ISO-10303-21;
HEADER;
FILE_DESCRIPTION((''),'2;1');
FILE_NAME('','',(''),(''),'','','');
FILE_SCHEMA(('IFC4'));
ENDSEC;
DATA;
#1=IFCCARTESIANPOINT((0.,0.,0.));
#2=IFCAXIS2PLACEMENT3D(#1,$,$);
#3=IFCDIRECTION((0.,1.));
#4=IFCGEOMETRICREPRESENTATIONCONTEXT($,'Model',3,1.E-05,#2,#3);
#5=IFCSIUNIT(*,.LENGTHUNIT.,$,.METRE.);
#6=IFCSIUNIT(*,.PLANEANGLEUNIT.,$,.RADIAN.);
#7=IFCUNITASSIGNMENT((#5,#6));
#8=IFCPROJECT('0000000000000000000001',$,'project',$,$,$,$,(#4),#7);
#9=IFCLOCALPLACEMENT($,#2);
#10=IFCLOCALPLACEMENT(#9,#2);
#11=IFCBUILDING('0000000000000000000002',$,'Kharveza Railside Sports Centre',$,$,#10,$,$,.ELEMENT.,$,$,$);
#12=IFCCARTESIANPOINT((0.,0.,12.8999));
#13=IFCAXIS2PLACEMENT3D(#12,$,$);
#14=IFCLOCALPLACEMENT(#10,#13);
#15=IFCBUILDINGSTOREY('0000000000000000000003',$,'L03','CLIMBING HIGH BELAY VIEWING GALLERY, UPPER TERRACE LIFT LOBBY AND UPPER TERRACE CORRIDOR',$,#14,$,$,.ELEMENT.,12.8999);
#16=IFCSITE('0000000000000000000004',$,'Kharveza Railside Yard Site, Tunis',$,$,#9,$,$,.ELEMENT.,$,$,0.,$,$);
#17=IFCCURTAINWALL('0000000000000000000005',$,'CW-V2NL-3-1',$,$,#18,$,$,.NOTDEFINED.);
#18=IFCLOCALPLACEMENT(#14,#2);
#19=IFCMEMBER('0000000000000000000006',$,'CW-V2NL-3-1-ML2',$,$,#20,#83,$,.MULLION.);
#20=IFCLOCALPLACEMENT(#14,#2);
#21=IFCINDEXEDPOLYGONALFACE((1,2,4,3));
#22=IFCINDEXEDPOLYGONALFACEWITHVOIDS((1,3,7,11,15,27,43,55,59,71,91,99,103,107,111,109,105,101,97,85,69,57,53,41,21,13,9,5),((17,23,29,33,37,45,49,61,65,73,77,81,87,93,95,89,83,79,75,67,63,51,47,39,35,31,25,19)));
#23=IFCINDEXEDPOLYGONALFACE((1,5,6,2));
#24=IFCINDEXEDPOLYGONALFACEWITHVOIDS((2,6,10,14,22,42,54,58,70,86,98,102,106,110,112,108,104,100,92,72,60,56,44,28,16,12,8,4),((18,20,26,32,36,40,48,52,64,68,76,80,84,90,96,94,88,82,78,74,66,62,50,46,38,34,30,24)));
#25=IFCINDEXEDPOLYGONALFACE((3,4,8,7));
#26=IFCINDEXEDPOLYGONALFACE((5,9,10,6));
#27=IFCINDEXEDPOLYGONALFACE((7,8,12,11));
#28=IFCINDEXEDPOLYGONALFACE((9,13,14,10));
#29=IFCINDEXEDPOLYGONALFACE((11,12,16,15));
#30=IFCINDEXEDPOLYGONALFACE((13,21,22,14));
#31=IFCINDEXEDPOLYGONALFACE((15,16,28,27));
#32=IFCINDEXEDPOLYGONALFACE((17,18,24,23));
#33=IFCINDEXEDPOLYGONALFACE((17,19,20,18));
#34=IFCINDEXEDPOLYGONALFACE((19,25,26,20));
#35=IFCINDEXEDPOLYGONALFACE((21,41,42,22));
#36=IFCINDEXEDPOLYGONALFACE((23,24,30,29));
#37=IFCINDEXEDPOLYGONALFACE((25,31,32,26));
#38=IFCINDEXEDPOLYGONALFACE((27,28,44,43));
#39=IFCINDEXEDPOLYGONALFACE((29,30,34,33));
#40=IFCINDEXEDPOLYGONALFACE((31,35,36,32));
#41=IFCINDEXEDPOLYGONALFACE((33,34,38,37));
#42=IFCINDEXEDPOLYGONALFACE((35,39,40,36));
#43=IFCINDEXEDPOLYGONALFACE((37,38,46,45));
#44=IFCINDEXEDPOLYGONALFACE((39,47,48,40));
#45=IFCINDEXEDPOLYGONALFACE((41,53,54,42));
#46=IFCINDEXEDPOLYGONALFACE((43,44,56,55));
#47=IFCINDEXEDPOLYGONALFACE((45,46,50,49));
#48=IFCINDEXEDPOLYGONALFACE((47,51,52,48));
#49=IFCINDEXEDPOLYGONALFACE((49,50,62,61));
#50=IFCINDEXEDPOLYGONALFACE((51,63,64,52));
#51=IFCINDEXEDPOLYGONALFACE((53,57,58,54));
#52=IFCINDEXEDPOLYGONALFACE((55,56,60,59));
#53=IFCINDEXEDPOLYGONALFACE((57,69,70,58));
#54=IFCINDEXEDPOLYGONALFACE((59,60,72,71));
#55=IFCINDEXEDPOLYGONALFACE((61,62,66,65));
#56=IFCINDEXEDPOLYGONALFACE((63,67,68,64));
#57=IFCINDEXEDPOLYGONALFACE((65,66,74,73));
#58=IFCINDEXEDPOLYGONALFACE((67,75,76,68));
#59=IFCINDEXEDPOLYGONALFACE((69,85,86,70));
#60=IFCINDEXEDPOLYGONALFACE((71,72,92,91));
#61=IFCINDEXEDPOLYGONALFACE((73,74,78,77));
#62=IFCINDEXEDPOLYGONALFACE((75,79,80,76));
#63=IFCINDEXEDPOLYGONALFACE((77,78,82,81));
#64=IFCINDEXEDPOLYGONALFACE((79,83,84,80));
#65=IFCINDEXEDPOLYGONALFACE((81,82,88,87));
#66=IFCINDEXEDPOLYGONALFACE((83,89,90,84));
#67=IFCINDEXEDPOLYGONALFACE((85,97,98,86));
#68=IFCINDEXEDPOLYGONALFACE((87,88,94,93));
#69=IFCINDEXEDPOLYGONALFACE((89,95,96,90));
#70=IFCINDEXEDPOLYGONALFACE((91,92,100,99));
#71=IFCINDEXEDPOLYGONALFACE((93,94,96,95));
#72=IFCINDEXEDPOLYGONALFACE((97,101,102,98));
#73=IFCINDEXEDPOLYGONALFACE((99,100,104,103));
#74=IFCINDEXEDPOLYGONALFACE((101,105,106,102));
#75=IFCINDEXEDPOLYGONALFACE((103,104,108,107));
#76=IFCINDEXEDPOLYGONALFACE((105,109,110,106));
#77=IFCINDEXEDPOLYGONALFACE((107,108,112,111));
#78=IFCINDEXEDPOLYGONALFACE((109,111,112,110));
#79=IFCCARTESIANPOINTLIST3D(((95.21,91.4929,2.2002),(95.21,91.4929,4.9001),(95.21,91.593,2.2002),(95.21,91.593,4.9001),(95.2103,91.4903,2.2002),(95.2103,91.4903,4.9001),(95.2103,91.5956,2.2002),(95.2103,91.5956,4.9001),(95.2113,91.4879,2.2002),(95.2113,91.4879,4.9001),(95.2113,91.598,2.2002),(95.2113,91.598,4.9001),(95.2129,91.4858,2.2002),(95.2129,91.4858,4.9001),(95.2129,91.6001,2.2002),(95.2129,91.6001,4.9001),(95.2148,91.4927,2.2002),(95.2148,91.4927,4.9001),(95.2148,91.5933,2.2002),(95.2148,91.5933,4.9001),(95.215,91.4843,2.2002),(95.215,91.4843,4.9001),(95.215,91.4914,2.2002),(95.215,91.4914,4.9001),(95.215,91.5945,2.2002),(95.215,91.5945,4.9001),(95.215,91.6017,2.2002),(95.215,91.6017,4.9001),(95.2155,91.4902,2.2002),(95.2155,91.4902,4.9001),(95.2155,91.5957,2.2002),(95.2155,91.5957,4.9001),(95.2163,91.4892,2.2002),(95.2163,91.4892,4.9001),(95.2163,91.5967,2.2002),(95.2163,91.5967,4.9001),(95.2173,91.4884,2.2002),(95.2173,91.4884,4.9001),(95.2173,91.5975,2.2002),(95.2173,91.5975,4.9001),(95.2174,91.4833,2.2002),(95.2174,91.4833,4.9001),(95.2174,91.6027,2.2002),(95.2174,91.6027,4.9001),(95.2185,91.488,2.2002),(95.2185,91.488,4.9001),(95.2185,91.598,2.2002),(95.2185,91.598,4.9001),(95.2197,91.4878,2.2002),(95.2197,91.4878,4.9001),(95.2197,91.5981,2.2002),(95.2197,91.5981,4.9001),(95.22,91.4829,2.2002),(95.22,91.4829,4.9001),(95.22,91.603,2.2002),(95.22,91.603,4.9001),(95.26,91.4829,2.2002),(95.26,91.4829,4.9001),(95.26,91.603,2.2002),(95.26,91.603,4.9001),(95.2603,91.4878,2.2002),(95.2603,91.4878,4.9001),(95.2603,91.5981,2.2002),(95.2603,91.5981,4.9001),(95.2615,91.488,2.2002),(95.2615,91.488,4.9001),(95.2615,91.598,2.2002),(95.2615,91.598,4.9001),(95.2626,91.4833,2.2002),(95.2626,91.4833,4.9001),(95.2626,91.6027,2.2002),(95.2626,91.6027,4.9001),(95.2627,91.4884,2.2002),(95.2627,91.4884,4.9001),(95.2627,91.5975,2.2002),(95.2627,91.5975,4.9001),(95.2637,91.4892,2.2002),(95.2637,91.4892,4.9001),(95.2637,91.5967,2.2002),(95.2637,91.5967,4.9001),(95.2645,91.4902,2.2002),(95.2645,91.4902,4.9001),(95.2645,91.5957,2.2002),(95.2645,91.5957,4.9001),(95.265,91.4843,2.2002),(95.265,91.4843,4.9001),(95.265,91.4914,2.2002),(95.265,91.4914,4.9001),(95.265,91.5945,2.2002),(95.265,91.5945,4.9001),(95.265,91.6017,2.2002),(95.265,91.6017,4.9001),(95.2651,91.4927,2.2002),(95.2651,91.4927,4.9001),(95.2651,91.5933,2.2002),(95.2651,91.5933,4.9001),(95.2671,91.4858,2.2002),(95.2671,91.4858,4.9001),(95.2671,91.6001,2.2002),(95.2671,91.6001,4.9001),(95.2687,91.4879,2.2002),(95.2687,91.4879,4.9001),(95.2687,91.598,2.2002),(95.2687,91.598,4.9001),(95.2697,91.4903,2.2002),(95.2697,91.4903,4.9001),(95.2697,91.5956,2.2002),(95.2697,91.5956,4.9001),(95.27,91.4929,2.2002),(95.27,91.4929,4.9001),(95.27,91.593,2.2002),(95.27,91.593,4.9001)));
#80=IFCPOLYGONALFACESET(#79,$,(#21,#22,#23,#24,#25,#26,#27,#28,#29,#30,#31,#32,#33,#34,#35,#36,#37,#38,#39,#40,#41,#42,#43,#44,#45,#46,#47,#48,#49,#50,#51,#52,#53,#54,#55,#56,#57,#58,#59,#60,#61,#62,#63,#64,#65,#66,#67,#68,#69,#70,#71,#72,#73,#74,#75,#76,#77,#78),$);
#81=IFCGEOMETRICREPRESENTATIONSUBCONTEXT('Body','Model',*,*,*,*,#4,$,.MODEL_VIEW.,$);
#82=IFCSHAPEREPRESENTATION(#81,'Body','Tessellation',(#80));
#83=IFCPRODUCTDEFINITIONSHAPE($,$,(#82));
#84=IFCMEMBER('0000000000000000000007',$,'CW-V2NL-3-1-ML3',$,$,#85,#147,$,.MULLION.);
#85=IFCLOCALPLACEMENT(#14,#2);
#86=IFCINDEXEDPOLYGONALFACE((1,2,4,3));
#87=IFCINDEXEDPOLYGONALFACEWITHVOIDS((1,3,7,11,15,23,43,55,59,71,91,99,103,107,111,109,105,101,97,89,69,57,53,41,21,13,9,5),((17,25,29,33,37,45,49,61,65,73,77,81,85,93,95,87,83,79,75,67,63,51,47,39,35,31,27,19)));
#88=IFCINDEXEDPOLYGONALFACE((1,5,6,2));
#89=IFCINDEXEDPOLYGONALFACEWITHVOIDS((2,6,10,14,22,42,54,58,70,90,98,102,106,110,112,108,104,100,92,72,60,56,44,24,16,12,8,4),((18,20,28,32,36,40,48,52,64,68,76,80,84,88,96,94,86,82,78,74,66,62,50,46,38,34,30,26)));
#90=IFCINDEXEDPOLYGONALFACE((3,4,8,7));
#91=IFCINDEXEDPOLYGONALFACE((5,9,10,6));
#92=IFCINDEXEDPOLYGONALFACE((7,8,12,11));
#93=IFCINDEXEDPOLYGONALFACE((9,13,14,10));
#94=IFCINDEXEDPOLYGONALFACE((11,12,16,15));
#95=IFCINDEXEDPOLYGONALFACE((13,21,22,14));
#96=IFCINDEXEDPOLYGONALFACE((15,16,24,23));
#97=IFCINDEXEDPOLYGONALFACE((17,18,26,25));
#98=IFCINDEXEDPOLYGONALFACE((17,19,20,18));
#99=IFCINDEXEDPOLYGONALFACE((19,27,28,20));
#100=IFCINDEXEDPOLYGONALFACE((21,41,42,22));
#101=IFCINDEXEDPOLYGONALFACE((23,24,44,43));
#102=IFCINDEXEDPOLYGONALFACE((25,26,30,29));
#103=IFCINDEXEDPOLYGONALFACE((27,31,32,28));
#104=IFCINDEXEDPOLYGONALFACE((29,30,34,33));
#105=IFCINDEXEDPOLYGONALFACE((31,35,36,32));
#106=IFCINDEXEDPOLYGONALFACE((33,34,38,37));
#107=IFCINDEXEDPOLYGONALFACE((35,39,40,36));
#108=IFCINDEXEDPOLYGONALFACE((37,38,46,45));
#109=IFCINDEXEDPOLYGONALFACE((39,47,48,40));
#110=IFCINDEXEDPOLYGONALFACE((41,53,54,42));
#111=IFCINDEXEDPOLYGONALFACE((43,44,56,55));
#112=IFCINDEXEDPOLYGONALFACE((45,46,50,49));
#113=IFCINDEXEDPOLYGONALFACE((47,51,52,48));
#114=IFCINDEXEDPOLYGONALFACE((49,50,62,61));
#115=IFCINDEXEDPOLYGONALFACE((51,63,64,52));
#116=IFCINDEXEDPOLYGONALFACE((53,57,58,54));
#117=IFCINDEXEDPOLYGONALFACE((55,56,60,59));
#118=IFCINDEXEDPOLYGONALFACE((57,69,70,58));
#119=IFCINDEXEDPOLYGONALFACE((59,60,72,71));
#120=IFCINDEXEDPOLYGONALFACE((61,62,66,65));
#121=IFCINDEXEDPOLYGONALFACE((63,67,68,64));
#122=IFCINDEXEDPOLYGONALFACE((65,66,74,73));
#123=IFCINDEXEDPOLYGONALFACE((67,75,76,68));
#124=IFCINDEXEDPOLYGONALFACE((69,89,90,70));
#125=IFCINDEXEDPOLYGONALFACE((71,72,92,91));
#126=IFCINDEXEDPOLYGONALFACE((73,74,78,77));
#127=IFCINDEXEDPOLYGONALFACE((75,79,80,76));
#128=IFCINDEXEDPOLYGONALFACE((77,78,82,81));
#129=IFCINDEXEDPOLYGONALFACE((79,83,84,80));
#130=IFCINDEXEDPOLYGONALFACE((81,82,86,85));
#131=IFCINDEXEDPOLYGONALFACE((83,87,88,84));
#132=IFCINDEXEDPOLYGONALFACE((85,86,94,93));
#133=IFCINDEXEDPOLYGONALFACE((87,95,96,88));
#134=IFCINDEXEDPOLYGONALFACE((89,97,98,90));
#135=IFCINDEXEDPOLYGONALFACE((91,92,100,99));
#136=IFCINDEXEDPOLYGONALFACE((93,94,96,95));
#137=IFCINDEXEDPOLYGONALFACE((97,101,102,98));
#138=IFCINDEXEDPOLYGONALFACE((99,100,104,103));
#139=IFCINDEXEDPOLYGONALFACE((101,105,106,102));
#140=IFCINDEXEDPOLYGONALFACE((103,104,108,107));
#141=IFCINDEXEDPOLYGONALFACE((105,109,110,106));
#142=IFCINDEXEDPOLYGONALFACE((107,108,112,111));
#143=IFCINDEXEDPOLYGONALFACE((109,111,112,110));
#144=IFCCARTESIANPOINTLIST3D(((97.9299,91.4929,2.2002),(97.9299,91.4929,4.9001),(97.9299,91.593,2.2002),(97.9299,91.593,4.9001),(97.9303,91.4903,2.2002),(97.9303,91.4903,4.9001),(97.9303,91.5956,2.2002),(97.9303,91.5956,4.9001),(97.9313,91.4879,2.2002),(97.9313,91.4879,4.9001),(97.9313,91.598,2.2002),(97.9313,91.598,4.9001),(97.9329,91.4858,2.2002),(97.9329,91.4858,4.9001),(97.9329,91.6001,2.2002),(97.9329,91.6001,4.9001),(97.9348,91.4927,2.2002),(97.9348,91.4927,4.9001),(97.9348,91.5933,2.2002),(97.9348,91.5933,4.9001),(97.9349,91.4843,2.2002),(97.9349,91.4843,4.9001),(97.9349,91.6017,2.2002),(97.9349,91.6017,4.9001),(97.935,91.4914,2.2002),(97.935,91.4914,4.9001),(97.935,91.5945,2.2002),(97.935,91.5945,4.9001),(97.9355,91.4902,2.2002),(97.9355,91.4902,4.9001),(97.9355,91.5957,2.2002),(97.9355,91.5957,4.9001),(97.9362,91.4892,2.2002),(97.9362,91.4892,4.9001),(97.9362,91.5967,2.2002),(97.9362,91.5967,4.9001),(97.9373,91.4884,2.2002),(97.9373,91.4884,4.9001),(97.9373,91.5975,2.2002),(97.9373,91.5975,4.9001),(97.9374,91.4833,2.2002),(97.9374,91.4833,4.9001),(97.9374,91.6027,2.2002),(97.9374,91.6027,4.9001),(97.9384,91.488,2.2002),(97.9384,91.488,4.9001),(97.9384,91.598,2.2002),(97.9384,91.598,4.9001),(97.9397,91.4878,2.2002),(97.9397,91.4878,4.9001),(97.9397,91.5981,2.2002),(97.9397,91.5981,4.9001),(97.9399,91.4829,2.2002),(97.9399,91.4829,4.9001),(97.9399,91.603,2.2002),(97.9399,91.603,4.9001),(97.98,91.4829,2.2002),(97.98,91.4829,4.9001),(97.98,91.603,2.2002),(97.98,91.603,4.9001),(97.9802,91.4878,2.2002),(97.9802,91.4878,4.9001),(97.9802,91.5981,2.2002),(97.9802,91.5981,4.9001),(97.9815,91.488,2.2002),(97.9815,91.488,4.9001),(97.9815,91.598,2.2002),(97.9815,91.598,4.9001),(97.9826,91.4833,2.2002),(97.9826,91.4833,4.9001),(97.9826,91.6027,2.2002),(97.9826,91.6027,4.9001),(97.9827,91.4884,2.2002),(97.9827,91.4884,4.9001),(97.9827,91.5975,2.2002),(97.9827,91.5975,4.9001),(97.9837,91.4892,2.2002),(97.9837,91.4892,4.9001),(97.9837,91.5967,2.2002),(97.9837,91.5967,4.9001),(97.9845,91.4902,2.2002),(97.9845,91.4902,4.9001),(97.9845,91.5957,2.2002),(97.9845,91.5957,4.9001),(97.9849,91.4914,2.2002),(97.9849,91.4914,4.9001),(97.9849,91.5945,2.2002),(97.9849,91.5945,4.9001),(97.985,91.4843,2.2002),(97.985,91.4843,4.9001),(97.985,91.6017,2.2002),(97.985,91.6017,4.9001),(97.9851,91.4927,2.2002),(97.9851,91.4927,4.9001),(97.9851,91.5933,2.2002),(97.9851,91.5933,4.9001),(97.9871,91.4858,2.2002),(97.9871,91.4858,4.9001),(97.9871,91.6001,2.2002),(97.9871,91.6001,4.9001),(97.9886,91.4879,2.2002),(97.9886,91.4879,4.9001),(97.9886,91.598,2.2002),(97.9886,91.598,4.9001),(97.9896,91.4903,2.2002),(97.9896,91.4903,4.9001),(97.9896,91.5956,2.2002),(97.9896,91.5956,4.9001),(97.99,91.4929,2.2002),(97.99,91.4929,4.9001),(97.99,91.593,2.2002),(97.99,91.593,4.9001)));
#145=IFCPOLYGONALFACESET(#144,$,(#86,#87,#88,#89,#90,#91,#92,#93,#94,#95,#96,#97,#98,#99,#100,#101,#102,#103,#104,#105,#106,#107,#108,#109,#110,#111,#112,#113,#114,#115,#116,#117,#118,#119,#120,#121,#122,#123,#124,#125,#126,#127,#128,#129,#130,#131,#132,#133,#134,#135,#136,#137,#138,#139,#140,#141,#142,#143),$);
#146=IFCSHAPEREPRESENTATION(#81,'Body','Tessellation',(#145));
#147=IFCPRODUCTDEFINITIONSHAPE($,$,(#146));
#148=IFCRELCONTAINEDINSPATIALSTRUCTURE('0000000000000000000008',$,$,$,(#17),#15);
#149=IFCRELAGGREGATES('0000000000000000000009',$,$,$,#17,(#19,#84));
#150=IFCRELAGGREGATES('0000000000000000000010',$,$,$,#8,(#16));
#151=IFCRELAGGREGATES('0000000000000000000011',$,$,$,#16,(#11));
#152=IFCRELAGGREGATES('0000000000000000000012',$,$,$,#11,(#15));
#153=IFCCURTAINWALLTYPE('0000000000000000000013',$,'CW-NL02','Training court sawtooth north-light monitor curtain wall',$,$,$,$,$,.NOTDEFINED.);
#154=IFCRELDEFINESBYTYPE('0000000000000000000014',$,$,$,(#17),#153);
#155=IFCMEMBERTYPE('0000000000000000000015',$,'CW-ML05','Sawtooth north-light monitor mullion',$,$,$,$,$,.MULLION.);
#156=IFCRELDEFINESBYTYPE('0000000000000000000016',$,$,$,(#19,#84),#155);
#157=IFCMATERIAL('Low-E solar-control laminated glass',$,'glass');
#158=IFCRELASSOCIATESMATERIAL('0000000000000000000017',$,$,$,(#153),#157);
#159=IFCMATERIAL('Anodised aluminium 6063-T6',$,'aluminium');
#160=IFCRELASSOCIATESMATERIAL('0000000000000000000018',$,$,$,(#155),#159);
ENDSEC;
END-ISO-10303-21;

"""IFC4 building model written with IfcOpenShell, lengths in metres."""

from ifc_helpers import new_model, si_unit, direction, frame, origin, origin_2d, place, context, subcontext, project, spatial, hollow_rectangle, extrude, material, material_profile, profile_set, type_object, element, aggregate, save


model = new_model("IFC4")

# Units and contexts
model_context = context("Model", 3, precision=1e-05, world=origin(), true_north=direction((0.0, 1.0)))
body_context = subcontext(model_context, "Body", "Model", "MODEL_VIEW")
ifc_project = project(units=[si_unit("LENGTHUNIT", "METRE"), si_unit("PLANEANGLEUNIT", "RADIAN")], contexts=[model_context])

# Site, building, storey
site_placement = place(None, origin())
site = spatial("IfcSite", under=ifc_project, at=site_placement, Name="Kharveza Railside Yard Site, Tunis", CompositionType="ELEMENT", RefElevation=0.0)
building_placement = place(site_placement, origin())
building = spatial("IfcBuilding", under=site, at=building_placement, Name="Kharveza Railside Sports Centre", CompositionType="ELEMENT")
storey_placement = place(building_placement, frame((0.0, 0.0, 12.8999)))
storey = spatial("IfcBuildingStorey", under=building, at=storey_placement, Name="L03", Description="CLIMBING HIGH BELAY VIEWING GALLERY, UPPER TERRACE LIFT LOBBY AND UPPER TERRACE CORRIDOR", CompositionType="ELEMENT", Elevation=12.8999)

# Curtain wall, members
ifc_material_1 = material(Name="Low-E solar-control laminated glass", Category="glass")
curtain_wall_type = type_object("IfcCurtainWallType", Name="CW-NL02", Description="Training court sawtooth north-light monitor curtain wall", PredefinedType="NOTDEFINED", material=ifc_material_1)
curtain_wall_1_placement = place(storey_placement, origin())
curtain_wall_1 = element("IfcCurtainWall", 1, at=curtain_wall_1_placement, inside=storey, type_object=curtain_wall_type, Name="CW-V2NL-3-1", PredefinedType="NOTDEFINED")
ifc_material_2 = material(Name="Anodised aluminium 6063-T6", Category="aluminium")
ifc_material_profile_1 = material_profile(ifc_material_2, hollow_rectangle(XDim=0.0601, YDim=0.1201, WallThickness=0.0049, InnerFilletRadius=0.0049, OuterFilletRadius=0.01, at=origin_2d()), Name="RHS 60x120x5.0")
ifc_profile_set_1 = profile_set([ifc_material_profile_1], Name="Anodised aluminium 6063-T6")
member_type_1 = type_object("IfcMemberType", Name="CW-ML05", Description="Sawtooth north-light monitor mullion", PredefinedType="MULLION", material=ifc_profile_set_1)
member_1_placement = place(storey_placement, frame((95.24, 91.543, 2.2002), z_axis=(0.0, 0.0, 1.0), x_axis=(1.0, 0.0, 0.0)))
member_1 = element("IfcMember", 2, at=member_1_placement, type_object=member_type_1, Name="CW-V2NL-3-1-ML2", PredefinedType="MULLION", context=body_context, shape_type="SweptSolid", body=[
    extrude(hollow_rectangle(XDim=0.0601, YDim=0.1201, WallThickness=0.0049, InnerFilletRadius=0.0049, OuterFilletRadius=0.01, at=origin_2d()), origin(), (0.0, 0.0, 1.0), 2.7),
])
member_2_placement = place(storey_placement, frame((97.96, 91.543, 2.2002), z_axis=(0.0, 0.0, 1.0), x_axis=(1.0, 0.0, 0.0)))
member_2 = element("IfcMember", 3, at=member_2_placement, type_object=member_type_1, Name="CW-V2NL-3-1-ML3", PredefinedType="MULLION", context=body_context, shape_type="SweptSolid", body=[
    extrude(hollow_rectangle(XDim=0.0601, YDim=0.1201, WallThickness=0.0049, InnerFilletRadius=0.0049, OuterFilletRadius=0.01, at=origin_2d()), origin(), (0.0, 0.0, 1.0), 2.7),
])

aggregate(curtain_wall_1, [member_1, member_2])

save(model, "model.ifc")
